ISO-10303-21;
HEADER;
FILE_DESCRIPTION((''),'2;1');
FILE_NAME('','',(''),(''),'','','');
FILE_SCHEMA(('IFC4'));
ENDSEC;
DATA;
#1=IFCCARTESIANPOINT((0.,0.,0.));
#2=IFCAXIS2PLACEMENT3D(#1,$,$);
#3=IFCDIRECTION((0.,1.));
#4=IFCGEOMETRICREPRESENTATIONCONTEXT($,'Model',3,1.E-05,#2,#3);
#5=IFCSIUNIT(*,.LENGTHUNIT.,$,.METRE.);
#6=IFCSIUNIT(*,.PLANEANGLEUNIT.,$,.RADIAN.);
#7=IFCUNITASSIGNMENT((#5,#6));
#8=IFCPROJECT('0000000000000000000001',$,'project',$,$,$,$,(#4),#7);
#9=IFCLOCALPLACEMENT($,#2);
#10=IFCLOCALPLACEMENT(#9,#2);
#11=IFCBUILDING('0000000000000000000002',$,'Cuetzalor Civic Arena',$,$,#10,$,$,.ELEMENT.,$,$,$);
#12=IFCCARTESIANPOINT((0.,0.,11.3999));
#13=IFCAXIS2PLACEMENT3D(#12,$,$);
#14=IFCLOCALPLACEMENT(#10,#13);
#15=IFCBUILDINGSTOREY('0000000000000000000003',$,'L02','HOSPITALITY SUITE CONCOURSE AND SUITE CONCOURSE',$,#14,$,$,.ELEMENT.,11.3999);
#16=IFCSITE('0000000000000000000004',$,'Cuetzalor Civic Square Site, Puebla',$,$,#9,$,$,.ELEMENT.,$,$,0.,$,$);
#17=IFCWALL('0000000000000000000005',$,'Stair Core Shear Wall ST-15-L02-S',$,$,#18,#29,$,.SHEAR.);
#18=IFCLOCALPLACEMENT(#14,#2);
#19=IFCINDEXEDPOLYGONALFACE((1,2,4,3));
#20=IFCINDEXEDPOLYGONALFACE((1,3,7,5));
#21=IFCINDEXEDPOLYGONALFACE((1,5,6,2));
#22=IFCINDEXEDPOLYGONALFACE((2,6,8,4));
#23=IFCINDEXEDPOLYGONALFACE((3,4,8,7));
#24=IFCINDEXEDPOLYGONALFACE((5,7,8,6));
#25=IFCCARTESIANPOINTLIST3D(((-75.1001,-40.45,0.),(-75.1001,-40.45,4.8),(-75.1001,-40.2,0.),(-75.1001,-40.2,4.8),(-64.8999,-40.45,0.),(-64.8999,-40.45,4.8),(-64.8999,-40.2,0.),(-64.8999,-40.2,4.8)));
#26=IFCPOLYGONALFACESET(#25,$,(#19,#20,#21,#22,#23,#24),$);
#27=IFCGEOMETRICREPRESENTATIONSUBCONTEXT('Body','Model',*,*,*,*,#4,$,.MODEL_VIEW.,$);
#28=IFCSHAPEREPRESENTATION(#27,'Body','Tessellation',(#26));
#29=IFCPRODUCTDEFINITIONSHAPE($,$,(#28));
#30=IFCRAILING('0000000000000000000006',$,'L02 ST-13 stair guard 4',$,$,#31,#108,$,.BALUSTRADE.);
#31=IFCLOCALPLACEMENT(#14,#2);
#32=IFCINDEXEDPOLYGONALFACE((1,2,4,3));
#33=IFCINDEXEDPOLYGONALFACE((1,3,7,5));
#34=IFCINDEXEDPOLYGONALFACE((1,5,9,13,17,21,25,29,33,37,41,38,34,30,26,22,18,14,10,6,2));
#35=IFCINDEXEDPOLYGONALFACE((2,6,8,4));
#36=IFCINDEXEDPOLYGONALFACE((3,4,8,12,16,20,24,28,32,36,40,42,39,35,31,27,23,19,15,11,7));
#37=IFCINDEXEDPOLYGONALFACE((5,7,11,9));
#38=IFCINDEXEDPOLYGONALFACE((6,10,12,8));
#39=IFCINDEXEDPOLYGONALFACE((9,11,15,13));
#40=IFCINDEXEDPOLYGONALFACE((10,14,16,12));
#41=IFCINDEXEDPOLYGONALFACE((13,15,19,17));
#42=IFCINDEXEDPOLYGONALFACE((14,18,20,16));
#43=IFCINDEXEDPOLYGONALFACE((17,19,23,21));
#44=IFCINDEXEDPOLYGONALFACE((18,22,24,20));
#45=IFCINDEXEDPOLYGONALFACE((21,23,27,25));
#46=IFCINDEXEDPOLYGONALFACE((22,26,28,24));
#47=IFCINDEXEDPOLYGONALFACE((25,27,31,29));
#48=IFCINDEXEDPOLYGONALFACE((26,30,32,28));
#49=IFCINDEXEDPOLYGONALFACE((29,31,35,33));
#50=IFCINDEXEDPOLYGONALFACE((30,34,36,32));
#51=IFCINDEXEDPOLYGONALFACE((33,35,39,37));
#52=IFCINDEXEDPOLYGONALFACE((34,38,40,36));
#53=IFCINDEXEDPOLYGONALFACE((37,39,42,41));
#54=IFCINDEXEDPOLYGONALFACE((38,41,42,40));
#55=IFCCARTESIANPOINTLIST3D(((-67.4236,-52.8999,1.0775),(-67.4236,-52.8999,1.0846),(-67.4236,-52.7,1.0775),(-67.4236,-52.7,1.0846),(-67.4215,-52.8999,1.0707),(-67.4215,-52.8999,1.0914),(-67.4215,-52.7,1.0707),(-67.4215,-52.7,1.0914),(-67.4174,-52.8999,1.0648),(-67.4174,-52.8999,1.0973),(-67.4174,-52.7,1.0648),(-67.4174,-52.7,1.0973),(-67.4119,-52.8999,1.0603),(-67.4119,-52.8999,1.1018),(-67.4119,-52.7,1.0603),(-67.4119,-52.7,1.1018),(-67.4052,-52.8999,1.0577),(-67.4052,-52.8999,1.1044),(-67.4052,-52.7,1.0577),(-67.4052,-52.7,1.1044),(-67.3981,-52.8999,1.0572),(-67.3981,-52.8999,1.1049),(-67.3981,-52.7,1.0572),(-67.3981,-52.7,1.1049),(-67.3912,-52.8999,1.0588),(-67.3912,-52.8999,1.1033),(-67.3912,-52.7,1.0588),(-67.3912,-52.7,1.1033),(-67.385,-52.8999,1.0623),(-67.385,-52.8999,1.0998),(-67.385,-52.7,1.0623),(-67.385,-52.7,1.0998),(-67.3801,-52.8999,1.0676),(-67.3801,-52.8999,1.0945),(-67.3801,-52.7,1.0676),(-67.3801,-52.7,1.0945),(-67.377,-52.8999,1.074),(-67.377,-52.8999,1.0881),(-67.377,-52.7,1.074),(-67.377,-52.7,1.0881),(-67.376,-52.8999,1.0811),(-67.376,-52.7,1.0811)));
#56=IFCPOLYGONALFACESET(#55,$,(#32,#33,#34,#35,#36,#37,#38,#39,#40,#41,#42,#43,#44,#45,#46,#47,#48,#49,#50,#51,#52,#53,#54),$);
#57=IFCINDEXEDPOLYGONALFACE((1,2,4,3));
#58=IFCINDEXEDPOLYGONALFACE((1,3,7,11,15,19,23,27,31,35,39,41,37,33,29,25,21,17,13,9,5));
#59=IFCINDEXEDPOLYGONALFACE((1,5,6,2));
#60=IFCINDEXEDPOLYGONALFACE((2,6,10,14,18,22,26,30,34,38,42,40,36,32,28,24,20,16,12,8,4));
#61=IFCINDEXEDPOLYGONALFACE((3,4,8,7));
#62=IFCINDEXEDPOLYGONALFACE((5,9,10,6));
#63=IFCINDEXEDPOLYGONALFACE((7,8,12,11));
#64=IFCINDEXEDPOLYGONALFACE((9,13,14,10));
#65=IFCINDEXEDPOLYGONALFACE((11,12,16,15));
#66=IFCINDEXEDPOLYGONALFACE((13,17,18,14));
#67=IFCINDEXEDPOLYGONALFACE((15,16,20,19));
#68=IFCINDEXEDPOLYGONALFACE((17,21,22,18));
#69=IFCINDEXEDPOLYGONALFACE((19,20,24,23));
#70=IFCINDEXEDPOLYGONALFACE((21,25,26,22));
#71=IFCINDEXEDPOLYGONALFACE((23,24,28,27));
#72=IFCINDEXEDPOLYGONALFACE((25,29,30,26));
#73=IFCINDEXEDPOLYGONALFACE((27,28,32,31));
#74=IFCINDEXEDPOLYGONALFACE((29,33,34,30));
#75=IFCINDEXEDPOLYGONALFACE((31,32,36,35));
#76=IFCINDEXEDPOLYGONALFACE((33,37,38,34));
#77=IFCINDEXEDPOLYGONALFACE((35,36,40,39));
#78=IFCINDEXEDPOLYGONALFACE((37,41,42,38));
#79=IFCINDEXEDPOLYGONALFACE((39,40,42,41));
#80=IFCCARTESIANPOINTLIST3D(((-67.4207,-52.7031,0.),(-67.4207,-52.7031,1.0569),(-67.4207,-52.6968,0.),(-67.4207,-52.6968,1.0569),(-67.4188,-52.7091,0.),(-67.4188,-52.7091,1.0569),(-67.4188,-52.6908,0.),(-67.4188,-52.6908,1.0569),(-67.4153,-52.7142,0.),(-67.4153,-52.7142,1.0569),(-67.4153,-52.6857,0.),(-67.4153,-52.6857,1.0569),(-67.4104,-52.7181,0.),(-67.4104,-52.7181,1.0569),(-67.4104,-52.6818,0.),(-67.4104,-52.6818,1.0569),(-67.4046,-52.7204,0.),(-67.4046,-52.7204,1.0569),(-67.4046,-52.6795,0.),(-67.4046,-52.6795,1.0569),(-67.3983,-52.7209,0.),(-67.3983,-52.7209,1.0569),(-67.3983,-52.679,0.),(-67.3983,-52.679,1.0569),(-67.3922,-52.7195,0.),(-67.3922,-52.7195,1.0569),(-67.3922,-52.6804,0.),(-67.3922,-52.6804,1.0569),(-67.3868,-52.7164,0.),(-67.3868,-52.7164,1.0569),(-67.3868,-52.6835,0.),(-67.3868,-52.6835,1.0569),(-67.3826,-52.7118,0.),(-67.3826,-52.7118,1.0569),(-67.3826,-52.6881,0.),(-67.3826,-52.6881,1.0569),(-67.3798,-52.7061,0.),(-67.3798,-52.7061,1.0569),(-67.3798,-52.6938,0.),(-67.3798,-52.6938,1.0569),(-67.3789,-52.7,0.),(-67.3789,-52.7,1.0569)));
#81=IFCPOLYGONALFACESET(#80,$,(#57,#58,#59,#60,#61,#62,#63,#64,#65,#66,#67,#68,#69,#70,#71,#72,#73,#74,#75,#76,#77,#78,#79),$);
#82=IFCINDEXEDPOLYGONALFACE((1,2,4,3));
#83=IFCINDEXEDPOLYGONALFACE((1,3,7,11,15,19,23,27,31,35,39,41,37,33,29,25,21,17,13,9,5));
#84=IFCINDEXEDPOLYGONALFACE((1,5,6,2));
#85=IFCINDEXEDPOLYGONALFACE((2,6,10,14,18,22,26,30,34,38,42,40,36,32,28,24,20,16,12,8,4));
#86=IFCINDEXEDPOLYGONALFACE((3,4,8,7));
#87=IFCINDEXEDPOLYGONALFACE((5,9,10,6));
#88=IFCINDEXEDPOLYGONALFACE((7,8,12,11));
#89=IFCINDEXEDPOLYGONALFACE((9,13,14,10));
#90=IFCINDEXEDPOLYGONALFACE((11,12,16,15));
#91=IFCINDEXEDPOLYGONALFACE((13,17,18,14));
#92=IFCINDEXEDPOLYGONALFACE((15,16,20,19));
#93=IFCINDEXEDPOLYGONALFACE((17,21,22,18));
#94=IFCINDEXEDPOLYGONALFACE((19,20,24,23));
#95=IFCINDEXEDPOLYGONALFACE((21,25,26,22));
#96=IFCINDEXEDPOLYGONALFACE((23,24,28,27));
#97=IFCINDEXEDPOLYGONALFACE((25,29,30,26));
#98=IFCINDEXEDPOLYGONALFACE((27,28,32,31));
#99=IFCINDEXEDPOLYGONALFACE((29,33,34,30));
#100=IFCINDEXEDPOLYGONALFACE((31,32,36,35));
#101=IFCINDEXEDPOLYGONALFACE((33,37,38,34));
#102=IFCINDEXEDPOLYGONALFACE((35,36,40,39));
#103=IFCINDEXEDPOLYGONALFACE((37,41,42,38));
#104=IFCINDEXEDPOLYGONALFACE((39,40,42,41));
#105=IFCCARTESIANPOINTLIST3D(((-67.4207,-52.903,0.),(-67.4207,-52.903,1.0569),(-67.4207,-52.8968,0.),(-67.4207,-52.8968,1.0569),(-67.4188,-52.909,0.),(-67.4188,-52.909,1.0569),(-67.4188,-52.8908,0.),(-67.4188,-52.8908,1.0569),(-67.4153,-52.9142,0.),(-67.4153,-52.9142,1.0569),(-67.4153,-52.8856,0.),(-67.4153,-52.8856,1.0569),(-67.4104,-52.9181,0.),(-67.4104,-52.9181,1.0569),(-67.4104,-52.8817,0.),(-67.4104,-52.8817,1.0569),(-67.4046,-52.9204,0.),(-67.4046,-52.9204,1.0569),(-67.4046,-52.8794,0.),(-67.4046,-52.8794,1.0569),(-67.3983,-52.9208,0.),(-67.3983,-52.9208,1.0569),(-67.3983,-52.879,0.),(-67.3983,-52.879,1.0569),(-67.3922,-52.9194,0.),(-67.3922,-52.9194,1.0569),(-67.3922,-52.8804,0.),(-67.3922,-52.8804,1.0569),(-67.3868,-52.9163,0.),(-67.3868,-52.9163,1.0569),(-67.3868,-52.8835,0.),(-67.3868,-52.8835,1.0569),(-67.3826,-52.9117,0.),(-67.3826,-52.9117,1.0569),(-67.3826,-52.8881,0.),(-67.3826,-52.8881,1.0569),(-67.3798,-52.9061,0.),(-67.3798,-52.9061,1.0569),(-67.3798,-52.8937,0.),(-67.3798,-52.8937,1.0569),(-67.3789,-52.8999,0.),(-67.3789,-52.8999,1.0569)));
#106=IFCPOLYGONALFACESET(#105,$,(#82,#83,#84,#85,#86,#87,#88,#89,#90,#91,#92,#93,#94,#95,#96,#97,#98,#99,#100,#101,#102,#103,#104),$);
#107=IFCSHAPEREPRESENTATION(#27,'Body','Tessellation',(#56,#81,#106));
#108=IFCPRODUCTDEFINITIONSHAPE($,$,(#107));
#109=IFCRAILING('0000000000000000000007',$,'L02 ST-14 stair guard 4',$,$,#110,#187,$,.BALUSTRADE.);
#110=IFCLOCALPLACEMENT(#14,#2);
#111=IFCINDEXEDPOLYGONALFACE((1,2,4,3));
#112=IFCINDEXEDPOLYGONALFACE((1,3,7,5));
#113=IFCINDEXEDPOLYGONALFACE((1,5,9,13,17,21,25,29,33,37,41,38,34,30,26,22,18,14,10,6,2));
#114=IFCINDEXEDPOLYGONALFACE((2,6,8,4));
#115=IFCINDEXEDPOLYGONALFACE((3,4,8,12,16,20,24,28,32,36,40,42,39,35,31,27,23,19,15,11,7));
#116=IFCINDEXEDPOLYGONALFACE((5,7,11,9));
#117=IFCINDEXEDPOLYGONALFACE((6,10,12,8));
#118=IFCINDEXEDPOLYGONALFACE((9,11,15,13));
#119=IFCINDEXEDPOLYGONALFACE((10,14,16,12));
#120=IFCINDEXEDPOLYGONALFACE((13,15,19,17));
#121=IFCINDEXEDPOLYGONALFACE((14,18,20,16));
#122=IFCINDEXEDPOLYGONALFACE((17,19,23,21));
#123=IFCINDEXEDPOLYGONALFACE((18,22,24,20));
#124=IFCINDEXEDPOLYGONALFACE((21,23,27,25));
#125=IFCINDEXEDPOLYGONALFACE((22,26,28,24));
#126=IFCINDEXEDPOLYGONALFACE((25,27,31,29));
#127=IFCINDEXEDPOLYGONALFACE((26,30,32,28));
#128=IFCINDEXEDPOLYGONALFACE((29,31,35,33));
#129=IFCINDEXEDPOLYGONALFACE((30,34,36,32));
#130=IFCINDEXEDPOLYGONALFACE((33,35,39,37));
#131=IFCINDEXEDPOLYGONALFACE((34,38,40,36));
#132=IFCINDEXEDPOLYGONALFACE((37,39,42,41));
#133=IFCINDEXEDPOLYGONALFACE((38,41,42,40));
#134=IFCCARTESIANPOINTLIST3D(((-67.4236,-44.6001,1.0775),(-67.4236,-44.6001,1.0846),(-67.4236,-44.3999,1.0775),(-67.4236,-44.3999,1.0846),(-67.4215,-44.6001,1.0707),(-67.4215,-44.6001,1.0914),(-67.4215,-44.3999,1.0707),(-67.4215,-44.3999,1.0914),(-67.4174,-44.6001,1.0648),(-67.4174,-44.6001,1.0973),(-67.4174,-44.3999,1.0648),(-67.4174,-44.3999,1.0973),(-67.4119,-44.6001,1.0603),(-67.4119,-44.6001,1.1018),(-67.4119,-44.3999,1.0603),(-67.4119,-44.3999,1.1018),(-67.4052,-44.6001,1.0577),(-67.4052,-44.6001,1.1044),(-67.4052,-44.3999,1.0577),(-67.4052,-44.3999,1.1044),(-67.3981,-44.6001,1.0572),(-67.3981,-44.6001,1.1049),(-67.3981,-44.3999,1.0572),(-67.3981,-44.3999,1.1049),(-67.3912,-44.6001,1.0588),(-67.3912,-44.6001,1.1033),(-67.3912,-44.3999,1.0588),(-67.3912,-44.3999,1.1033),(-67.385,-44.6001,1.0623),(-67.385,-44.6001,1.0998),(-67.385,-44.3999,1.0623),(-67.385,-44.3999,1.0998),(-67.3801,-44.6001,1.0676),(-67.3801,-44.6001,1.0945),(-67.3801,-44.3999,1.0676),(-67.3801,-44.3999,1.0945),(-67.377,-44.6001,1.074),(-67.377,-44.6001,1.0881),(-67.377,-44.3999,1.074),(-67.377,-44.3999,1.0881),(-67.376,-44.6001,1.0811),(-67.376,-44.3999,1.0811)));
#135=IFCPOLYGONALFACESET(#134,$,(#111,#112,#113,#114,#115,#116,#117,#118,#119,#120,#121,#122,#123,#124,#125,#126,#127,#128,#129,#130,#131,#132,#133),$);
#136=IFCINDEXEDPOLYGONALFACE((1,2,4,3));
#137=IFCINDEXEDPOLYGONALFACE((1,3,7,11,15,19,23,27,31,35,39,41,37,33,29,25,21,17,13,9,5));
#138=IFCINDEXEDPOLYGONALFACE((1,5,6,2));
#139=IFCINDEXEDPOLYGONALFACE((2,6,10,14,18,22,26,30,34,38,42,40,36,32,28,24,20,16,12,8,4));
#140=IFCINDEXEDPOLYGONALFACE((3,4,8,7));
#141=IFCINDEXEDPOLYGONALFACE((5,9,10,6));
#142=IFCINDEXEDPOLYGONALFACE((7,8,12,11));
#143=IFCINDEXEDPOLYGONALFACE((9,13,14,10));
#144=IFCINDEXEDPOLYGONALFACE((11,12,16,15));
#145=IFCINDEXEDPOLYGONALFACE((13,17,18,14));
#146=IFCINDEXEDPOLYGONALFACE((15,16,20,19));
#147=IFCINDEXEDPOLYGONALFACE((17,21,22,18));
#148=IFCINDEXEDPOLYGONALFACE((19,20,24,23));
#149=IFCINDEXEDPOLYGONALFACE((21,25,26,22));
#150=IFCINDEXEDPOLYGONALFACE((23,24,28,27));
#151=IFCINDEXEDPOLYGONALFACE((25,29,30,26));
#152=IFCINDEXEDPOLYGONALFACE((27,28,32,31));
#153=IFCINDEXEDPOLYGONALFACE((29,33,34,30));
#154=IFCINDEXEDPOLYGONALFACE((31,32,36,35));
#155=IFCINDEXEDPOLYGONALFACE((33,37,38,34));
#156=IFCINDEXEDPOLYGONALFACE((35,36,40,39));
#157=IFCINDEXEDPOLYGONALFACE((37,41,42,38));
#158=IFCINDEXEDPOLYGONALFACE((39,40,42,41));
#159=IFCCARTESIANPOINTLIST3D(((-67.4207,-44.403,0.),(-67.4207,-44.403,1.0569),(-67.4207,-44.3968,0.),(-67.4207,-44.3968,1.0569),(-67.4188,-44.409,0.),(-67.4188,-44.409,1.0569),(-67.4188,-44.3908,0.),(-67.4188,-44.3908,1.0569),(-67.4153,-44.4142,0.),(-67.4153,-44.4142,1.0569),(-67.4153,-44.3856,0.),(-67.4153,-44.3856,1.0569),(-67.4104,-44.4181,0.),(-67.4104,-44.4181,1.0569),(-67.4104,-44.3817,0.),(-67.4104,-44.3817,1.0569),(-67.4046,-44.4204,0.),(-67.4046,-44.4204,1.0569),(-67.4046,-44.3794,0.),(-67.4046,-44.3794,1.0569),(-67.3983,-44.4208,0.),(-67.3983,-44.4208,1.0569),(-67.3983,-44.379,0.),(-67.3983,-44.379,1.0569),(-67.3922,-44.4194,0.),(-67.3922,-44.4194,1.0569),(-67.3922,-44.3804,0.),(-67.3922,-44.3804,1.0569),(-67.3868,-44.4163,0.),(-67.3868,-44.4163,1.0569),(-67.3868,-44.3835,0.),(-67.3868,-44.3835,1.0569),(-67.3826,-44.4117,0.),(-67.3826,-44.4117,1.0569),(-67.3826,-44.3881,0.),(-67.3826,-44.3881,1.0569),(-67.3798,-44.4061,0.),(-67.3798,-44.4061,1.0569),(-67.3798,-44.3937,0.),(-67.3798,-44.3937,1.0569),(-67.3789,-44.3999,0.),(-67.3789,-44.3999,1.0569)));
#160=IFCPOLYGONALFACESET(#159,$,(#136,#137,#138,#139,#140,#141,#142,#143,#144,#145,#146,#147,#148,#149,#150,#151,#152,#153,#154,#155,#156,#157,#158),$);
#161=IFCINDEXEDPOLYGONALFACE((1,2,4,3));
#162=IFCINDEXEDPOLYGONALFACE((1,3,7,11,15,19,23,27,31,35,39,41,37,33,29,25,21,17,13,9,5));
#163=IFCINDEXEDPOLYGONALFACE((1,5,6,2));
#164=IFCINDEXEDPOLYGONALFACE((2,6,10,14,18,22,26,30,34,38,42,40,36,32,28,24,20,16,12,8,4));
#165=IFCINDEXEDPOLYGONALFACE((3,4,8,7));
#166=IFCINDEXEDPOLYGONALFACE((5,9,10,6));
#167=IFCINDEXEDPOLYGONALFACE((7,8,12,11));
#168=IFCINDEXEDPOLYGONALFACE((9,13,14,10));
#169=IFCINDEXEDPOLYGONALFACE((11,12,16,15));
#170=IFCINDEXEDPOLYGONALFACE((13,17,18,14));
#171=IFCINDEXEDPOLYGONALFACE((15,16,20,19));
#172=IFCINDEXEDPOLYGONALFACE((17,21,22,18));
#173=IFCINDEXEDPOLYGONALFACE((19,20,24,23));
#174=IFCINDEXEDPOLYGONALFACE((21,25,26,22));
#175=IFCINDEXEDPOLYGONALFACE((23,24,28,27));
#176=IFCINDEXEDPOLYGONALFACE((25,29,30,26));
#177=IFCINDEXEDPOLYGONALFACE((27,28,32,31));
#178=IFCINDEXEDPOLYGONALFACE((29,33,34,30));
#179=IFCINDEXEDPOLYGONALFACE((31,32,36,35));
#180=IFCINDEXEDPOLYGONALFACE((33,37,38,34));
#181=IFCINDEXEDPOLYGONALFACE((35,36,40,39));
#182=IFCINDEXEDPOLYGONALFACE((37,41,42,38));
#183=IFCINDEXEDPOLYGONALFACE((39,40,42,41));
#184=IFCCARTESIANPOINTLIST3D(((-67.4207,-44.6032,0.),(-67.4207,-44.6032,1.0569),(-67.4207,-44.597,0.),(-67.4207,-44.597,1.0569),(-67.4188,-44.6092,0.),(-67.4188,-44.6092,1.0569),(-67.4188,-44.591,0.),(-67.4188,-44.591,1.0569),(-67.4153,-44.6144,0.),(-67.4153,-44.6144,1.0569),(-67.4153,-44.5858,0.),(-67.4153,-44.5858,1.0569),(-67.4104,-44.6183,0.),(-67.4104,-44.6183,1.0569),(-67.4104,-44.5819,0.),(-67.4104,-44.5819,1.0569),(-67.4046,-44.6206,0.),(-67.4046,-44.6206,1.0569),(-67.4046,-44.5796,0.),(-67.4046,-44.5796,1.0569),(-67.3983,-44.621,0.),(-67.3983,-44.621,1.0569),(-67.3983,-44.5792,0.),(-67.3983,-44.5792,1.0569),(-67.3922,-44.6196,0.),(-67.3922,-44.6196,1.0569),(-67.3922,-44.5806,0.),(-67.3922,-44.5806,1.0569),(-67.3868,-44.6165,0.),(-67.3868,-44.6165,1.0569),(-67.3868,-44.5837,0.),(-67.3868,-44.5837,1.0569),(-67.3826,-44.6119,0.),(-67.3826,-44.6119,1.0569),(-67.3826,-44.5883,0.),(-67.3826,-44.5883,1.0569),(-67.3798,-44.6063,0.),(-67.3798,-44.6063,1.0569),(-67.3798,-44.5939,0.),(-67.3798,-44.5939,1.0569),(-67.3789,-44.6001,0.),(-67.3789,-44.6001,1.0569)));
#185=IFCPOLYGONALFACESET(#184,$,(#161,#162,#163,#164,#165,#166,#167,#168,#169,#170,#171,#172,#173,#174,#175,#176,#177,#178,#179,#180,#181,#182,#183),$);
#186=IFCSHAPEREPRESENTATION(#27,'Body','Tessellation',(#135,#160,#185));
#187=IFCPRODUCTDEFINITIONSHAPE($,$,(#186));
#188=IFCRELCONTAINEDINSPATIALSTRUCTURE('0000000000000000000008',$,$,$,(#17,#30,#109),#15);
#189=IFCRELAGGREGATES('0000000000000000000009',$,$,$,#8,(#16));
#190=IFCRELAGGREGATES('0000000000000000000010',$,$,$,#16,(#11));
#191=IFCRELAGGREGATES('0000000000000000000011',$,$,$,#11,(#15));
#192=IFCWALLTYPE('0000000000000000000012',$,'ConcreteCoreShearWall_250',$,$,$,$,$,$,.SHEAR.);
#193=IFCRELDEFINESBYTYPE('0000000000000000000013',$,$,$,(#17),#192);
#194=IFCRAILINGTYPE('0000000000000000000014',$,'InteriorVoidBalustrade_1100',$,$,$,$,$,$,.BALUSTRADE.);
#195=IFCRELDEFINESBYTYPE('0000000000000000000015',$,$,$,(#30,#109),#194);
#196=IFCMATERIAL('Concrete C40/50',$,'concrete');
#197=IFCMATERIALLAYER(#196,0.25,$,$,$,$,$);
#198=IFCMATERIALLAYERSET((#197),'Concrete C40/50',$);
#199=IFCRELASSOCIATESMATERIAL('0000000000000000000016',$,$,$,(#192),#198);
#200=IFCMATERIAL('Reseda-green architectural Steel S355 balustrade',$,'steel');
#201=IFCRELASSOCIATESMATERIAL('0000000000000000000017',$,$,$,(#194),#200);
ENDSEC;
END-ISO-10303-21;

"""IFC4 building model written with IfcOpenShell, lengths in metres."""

from ifc_helpers import new_model, si_unit, direction, frame, frame_2d, origin, origin_2d, place, context, subcontext, project, spatial, rectangle, circle, extrude, material, layer, layer_set, type_object, element, save


model = new_model("IFC4")

# Units and contexts
model_context = context("Model", 3, precision=1e-05, world=origin(), true_north=direction((0.0, 1.0)))
body_context = subcontext(model_context, "Body", "Model", "MODEL_VIEW")
ifc_project = project(units=[si_unit("LENGTHUNIT", "METRE"), si_unit("PLANEANGLEUNIT", "RADIAN")], contexts=[model_context])

# Site, building, storey
site_placement = place(None, origin())
site = spatial("IfcSite", under=ifc_project, at=site_placement, Name="Cuetzalor Civic Square Site, Puebla", CompositionType="ELEMENT", RefElevation=0.0)
building_placement = place(site_placement, origin())
building = spatial("IfcBuilding", under=site, at=building_placement, Name="Cuetzalor Civic Arena", CompositionType="ELEMENT")
storey_placement = place(building_placement, frame((0.0, 0.0, 11.3999)))
storey = spatial("IfcBuildingStorey", under=building, at=storey_placement, Name="L02", Description="HOSPITALITY SUITE CONCOURSE AND SUITE CONCOURSE", CompositionType="ELEMENT", Elevation=11.3999)

# Shared definitions
ifc_material_1 = material(Name="Concrete C40/50", Category="concrete")
ifc_layer = layer(ifc_material_1, 0.25)
ifc_layer_set = layer_set([ifc_layer], Name="Concrete C40/50")
wall_type = type_object("IfcWallType", Name="ConcreteCoreShearWall_250", PredefinedType="SHEAR", material=ifc_layer_set)

# Wall
for number, where, z_axis, x_axis, name in (
    (1, (-64.8999, -40.325, 0.0), (0.0, 0.0, 1.0), (-1.0, 0.0, 0.0), "Stair Core Shear Wall ST-15-L02-S"),
):
    element("IfcWall", number, at=place(storey_placement, frame(where, z_axis=z_axis, x_axis=x_axis)), inside=storey, type_object=wall_type, Name=name, PredefinedType="SHEAR", context=body_context, shape_type="SweptSolid", body=[
        extrude(rectangle(XDim=10.2002, YDim=0.25, at=frame_2d((5.1001, 0.0))), origin(), (0.0, 0.0, 1.0), 4.8),
    ])

# Railings
ifc_material_2 = material(Name="Reseda-green architectural Steel S355 balustrade", Category="steel")
railing_type = type_object("IfcRailingType", Name="InteriorVoidBalustrade_1100", PredefinedType="BALUSTRADE", material=ifc_material_2)
railing_1_placement = place(storey_placement, frame((-67.3999, -52.7, 0.0)))
element("IfcRailing", 2, at=railing_1_placement, inside=storey, type_object=railing_type, Name="L02 ST-13 stair guard 4", PredefinedType="BALUSTRADE", context=body_context, shape_type="SweptSolid", body=[
    extrude(circle(Radius=0.0239, at=origin_2d()), frame((0.0, 0.0, 1.0811), z_axis=(0.0, -1.0, 0.0), x_axis=(1.0, 0.0, 0.0)), (0.0, 0.0, 1.0), 0.2),
    extrude(circle(Radius=0.021, at=origin_2d()), origin(), (0.0, 0.0, 1.0), 1.0569),
    extrude(circle(Radius=0.021, at=origin_2d()), frame((0.0, -0.2, 0.0)), (0.0, 0.0, 1.0), 1.0569),
])
railing_2_placement = place(storey_placement, frame((-67.3999, -44.3999, 0.0)))
element("IfcRailing", 3, at=railing_2_placement, inside=storey, type_object=railing_type, Name="L02 ST-14 stair guard 4", PredefinedType="BALUSTRADE", context=body_context, shape_type="SweptSolid", body=[
    extrude(circle(Radius=0.0239, at=origin_2d()), frame((0.0, 0.0, 1.0811), z_axis=(0.0, -1.0, 0.0), x_axis=(1.0, 0.0, 0.0)), (0.0, 0.0, 1.0), 0.2002),
    extrude(circle(Radius=0.021, at=origin_2d()), origin(), (0.0, 0.0, 1.0), 1.0569),
    extrude(circle(Radius=0.021, at=origin_2d()), frame((0.0, -0.2002, 0.0)), (0.0, 0.0, 1.0), 1.0569),
])

save(model, "model.ifc")
